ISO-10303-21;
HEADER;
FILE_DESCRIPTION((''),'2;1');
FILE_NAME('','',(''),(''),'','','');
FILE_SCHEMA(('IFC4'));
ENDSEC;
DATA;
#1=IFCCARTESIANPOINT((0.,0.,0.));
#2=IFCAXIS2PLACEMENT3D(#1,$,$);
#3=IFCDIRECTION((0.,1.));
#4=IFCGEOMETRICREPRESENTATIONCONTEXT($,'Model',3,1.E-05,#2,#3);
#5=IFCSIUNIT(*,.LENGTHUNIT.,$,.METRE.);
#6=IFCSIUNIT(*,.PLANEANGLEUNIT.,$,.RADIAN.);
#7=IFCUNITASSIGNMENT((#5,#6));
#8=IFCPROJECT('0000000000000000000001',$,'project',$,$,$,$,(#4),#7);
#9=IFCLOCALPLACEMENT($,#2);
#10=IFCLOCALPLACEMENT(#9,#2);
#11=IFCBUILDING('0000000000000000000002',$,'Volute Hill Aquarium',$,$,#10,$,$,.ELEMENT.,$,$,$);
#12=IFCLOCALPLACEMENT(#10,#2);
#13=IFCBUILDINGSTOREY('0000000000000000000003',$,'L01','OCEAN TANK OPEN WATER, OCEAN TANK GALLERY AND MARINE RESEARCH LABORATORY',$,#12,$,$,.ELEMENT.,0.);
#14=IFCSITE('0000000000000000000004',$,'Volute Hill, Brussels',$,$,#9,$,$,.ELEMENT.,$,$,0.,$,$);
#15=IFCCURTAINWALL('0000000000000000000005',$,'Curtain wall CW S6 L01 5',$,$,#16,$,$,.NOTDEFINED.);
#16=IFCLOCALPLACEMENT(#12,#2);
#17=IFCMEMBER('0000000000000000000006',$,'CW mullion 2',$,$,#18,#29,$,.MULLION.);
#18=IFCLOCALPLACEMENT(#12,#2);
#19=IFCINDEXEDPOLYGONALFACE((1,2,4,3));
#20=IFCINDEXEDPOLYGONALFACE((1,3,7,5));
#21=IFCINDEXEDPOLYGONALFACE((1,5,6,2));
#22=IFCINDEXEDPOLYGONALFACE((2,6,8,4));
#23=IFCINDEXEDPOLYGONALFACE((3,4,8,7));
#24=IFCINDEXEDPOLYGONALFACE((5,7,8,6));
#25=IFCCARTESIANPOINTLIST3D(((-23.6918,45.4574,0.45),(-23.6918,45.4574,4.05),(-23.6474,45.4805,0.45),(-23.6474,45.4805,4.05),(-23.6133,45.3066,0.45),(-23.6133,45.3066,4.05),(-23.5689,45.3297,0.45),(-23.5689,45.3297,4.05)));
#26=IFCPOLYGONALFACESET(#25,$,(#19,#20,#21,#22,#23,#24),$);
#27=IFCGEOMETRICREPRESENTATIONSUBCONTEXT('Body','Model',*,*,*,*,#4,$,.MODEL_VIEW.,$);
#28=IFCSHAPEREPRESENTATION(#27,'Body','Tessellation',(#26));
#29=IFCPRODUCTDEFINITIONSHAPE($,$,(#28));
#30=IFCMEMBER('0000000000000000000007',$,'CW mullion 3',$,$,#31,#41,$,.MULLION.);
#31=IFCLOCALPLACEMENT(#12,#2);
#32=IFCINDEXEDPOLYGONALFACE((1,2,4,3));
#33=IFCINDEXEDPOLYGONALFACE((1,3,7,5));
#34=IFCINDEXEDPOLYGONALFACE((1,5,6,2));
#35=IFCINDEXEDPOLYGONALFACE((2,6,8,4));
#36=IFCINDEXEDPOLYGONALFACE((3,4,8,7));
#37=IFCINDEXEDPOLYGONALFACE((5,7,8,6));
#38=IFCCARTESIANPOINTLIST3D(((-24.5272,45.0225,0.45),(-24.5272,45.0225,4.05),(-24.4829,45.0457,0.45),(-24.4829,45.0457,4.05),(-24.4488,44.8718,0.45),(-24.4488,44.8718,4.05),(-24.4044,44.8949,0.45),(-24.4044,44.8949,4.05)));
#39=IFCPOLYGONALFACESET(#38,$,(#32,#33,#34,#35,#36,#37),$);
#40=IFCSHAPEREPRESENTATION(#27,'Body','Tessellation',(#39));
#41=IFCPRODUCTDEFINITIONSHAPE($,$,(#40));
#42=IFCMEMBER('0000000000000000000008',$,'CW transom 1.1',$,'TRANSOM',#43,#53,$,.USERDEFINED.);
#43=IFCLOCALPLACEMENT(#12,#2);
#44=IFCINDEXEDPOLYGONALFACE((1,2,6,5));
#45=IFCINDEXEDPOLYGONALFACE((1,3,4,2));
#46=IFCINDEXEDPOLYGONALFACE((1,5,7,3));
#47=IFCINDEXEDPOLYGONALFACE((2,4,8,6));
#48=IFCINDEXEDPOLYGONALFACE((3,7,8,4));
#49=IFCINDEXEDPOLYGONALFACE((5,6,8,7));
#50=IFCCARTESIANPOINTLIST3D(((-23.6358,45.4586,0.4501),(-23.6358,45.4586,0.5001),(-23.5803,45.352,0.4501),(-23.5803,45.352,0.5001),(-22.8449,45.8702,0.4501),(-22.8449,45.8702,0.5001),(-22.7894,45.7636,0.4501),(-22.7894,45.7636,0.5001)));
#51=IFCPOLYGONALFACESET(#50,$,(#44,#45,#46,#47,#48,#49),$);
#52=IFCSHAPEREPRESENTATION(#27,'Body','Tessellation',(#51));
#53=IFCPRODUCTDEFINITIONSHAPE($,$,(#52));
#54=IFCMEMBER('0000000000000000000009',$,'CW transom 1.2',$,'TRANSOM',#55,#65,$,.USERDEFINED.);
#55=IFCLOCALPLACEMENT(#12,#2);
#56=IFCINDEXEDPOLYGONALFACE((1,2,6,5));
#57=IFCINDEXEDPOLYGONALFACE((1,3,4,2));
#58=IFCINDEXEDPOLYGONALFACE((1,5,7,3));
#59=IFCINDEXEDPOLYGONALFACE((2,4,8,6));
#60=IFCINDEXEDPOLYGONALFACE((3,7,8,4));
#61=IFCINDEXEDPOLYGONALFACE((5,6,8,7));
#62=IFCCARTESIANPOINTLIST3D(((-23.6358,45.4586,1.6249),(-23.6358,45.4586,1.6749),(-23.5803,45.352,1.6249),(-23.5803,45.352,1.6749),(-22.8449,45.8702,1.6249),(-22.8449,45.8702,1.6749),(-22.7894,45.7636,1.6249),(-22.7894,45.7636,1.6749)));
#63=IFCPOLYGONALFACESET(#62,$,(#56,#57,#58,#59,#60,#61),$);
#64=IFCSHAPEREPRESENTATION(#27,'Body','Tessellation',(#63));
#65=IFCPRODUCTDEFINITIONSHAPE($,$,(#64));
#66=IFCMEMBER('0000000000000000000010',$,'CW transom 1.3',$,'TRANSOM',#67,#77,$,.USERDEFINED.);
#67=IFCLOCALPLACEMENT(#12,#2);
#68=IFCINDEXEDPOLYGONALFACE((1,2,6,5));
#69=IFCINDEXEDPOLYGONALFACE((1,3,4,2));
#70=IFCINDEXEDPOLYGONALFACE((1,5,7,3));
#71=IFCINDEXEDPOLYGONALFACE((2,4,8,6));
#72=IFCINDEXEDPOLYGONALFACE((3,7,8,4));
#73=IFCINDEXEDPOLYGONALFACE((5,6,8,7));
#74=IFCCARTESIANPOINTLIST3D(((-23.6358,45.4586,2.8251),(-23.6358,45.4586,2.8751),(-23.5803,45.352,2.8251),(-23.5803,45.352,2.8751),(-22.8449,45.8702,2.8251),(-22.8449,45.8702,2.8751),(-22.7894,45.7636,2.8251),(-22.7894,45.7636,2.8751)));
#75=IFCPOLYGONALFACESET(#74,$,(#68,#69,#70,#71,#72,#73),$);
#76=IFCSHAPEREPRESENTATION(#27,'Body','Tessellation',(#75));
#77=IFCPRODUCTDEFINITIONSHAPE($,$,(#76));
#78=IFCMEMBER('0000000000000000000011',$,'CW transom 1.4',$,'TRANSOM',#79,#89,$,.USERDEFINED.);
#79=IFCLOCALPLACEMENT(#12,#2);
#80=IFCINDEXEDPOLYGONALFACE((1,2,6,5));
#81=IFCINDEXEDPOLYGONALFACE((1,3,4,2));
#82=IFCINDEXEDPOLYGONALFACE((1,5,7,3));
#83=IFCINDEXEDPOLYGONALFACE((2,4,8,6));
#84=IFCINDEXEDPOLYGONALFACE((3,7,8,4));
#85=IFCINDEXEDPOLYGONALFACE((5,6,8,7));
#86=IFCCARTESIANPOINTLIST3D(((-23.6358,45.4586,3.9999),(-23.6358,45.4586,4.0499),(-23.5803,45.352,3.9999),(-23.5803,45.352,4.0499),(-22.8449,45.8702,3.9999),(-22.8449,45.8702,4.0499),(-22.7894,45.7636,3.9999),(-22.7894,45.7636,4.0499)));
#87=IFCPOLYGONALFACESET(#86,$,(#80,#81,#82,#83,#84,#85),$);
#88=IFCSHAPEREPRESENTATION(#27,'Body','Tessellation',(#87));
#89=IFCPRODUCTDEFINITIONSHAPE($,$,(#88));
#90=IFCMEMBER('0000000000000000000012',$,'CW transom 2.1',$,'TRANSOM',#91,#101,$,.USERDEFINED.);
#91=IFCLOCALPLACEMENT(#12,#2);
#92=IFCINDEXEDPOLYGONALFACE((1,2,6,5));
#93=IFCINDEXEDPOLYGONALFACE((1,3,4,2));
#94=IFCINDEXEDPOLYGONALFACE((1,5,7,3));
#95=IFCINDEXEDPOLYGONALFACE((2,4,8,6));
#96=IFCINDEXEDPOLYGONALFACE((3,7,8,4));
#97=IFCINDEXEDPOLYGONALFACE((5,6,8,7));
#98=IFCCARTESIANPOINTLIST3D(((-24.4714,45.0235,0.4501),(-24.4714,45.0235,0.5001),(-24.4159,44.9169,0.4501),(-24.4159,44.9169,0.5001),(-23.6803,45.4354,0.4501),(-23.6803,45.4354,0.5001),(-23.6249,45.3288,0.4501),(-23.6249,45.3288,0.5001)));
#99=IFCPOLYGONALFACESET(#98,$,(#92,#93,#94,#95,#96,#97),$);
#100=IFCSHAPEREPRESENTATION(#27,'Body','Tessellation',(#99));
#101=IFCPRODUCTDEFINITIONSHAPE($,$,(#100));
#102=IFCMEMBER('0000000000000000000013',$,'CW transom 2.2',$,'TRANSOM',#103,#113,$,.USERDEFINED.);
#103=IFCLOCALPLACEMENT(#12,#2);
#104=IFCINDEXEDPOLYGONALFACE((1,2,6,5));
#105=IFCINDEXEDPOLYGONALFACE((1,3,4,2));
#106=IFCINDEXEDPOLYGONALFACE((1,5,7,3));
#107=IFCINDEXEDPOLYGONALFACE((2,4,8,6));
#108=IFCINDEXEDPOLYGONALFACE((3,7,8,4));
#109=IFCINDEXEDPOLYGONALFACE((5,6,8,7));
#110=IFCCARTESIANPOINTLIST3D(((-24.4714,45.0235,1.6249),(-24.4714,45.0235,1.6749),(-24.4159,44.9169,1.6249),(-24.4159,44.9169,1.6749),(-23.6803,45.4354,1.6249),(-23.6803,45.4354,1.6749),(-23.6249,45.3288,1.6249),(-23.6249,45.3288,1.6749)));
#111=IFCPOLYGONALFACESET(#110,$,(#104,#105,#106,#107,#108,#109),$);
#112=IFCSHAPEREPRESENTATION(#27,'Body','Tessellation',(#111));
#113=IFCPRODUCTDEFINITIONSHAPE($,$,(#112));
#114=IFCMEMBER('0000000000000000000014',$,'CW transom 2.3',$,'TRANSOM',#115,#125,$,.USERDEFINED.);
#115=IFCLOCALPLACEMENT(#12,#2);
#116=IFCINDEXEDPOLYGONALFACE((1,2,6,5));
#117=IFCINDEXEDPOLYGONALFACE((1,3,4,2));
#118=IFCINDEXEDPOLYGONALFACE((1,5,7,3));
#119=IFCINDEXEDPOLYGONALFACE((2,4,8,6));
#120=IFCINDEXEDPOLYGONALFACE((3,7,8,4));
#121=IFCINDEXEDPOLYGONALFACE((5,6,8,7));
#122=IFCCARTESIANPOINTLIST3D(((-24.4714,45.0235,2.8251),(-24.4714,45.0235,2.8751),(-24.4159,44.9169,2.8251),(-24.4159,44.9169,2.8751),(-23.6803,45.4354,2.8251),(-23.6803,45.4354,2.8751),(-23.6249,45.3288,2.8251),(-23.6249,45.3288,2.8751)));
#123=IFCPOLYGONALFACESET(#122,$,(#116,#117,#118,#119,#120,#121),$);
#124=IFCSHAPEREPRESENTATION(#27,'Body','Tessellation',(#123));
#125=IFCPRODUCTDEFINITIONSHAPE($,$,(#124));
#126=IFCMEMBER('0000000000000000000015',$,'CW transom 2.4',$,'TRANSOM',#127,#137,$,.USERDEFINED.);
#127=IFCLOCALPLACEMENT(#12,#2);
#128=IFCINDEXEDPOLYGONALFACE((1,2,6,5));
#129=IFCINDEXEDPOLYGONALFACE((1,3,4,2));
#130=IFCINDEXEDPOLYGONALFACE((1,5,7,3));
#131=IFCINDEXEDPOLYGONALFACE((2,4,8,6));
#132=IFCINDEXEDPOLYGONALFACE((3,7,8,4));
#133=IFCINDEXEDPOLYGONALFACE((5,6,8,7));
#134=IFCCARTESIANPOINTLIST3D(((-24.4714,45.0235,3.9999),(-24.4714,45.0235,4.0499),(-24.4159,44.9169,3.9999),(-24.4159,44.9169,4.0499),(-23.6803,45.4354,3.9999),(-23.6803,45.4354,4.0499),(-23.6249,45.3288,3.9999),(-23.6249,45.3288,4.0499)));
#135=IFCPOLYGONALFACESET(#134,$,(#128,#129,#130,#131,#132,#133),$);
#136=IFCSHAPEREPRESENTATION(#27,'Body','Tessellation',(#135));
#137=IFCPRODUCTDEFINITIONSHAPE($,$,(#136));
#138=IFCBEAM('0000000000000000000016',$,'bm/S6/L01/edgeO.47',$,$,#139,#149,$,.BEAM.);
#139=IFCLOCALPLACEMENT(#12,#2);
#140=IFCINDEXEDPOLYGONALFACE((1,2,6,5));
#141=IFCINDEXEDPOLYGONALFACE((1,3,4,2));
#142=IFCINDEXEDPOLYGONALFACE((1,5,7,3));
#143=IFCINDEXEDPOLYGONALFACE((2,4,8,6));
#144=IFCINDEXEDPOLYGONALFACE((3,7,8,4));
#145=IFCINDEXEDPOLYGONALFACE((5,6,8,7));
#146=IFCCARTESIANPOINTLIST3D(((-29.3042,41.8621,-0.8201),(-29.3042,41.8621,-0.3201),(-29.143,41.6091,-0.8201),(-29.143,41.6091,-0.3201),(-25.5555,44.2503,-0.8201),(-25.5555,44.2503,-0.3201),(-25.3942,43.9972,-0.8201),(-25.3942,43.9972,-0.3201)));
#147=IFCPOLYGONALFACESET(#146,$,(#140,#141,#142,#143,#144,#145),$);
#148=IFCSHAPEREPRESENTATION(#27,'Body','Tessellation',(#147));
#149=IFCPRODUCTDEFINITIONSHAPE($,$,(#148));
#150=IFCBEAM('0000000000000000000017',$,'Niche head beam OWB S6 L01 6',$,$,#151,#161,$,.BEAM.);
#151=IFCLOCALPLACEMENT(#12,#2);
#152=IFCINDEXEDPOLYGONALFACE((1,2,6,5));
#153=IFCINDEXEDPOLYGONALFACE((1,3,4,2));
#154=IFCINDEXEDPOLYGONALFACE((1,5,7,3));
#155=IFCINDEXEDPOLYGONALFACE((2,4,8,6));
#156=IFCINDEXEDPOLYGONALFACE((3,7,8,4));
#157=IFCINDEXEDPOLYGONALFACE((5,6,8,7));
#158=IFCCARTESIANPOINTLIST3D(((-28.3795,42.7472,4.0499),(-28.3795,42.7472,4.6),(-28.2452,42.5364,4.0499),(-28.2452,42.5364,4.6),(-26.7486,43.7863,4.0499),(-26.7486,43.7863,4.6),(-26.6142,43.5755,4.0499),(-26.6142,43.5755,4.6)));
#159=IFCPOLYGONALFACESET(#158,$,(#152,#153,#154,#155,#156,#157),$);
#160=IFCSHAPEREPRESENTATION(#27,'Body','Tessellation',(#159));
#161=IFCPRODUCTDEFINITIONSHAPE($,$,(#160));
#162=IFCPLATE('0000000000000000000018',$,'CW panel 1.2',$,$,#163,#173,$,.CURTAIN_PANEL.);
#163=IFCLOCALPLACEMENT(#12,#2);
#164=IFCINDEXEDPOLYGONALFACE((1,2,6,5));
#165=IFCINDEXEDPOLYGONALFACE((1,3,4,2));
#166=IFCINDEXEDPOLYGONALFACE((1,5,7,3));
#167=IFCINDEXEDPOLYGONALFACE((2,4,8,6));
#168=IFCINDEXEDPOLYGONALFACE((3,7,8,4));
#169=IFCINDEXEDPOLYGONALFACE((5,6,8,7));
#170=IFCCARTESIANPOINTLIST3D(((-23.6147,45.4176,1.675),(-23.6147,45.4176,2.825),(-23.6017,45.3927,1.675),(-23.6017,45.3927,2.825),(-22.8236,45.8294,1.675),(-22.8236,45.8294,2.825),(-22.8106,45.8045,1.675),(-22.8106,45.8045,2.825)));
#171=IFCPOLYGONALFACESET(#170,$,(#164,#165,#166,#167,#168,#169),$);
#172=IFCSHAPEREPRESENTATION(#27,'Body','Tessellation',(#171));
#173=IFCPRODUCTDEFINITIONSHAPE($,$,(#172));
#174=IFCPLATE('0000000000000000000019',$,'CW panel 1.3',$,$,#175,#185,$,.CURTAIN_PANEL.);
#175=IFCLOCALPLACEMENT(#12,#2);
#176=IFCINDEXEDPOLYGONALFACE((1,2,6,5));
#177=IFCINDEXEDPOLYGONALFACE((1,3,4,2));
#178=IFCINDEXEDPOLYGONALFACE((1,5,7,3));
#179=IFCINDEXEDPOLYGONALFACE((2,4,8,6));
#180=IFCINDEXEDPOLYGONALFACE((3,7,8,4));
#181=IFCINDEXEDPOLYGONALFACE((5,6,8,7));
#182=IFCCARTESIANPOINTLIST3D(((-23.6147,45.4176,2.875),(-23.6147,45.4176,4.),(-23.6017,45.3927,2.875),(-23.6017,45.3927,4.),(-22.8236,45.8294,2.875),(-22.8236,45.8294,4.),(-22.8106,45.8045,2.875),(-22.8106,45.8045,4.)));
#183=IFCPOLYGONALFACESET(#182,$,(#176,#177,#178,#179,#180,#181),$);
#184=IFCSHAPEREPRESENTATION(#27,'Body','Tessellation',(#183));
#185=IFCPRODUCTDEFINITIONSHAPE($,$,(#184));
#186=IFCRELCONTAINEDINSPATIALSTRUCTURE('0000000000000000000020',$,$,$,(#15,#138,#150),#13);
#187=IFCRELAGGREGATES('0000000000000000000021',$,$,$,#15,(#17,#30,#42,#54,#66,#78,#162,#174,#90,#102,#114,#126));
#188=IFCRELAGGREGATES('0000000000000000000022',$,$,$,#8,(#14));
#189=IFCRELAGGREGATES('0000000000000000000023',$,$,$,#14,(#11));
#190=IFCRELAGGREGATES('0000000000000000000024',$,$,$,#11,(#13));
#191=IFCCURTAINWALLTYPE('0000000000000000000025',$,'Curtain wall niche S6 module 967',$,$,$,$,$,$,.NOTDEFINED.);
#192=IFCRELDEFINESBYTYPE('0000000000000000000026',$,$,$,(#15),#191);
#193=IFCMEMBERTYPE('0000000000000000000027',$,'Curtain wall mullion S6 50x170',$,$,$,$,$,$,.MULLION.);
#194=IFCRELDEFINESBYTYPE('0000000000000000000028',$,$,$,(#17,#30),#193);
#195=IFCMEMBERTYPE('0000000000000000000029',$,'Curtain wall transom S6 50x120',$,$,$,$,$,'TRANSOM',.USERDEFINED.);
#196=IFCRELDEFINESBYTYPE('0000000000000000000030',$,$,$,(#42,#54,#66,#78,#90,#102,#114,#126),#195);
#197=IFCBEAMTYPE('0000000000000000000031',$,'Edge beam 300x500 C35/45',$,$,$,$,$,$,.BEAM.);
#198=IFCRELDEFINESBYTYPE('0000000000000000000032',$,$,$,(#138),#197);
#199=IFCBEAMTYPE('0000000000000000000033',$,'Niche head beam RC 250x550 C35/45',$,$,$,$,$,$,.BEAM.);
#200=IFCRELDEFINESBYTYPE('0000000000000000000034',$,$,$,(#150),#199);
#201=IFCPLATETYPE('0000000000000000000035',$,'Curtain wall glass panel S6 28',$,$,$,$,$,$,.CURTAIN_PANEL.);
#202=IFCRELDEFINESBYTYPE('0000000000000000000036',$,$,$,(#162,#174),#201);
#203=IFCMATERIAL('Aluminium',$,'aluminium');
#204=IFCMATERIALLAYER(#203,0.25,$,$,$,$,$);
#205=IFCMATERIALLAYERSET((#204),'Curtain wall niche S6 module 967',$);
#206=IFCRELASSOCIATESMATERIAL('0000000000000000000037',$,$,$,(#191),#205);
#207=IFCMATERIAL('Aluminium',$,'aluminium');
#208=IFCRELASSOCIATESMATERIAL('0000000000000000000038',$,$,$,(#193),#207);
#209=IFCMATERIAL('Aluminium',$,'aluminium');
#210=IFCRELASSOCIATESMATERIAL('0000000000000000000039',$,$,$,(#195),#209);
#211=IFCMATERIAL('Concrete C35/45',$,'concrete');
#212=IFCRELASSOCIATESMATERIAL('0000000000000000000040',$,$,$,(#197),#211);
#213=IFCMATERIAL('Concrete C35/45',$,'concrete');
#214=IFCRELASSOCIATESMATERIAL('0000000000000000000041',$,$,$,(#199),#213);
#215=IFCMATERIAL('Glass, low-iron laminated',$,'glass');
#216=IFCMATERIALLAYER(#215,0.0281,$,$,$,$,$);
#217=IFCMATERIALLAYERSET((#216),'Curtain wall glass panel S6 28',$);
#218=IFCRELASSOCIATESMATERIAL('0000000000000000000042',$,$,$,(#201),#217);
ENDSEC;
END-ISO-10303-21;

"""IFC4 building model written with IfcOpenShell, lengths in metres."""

from ifc_helpers import new_model, si_unit, direction, frame, origin, origin_2d, place, context, subcontext, project, spatial, rectangle, extrude, material, layer, layer_set, material_profile, profile_set, type_object, element, aggregate, save


model = new_model("IFC4")

# Units and contexts
model_context = context("Model", 3, precision=1e-05, world=origin(), true_north=direction((0.0, 1.0)))
body_context = subcontext(model_context, "Body", "Model", "MODEL_VIEW")
ifc_project = project(units=[si_unit("LENGTHUNIT", "METRE"), si_unit("PLANEANGLEUNIT", "RADIAN")], contexts=[model_context])

# Site, building, storey
site_placement = place(None, origin())
site = spatial("IfcSite", under=ifc_project, at=site_placement, Name="Volute Hill, Brussels", CompositionType="ELEMENT", RefElevation=0.0)
building_placement = place(site_placement, origin())
building = spatial("IfcBuilding", under=site, at=building_placement, Name="Volute Hill Aquarium", CompositionType="ELEMENT")
storey_placement = place(building_placement, origin())
storey = spatial("IfcBuildingStorey", under=building, at=storey_placement, Name="L01", Description="OCEAN TANK OPEN WATER, OCEAN TANK GALLERY AND MARINE RESEARCH LABORATORY", CompositionType="ELEMENT", Elevation=0.0)

# Curtain wall, members
ifc_material_1 = material(Name="Aluminium", Category="aluminium")
ifc_layer_1 = layer(ifc_material_1, 0.25)
ifc_layer_set_1 = layer_set([ifc_layer_1], Name="Curtain wall niche S6 module 967")
curtain_wall_type = type_object("IfcCurtainWallType", Name="Curtain wall niche S6 module 967", PredefinedType="NOTDEFINED", material=ifc_layer_set_1)
curtain_wall_placement = place(storey_placement, origin())
curtain_wall = element("IfcCurtainWall", 1, at=curtain_wall_placement, inside=storey, type_object=curtain_wall_type, Name="Curtain wall CW S6 L01 5", PredefinedType="NOTDEFINED")
ifc_material_2 = material(Name="Aluminium", Category="aluminium")
ifc_material_profile_1 = material_profile(ifc_material_2, rectangle(XDim=0.1699, YDim=0.05, at=origin_2d()), Name="Curtain wall mullion S6 50x170")
ifc_profile_set_1 = profile_set([ifc_material_profile_1], Name="Aluminium")
member_type_1 = type_object("IfcMemberType", Name="Curtain wall mullion S6 50x170", PredefinedType="MULLION", material=ifc_profile_set_1)
member_1_placement = place(storey_placement, frame((-23.6304, 45.3936, 0.45), z_axis=(0.0, 0.0, 1.0), x_axis=(0.46176, -0.887005, 0.0)))
member_1 = element("IfcMember", 2, at=member_1_placement, type_object=member_type_1, Name="CW mullion 2", PredefinedType="MULLION", context=body_context, shape_type="SweptSolid", body=[
    extrude(rectangle(XDim=0.1699, YDim=0.05, at=origin_2d()), origin(), (0.0, 0.0, 1.0), 3.6001),
])
member_2_placement = place(storey_placement, frame((-24.4658, 44.9587, 0.45), z_axis=(0.0, 0.0, 1.0), x_axis=(0.46176, -0.887005, 0.0)))
member_2 = element("IfcMember", 3, at=member_2_placement, type_object=member_type_1, Name="CW mullion 3", PredefinedType="MULLION", context=body_context, shape_type="SweptSolid", body=[
    extrude(rectangle(XDim=0.1699, YDim=0.05, at=origin_2d()), origin(), (0.0, 0.0, 1.0), 3.6001),
])
ifc_material_3 = material(Name="Aluminium", Category="aluminium")
ifc_material_profile_2 = material_profile(ifc_material_3, rectangle(XDim=0.1201, YDim=0.05, at=origin_2d()), Name="Curtain wall transom S6 50x120")
ifc_profile_set_2 = profile_set([ifc_material_profile_2], Name="Aluminium")
member_type_2 = type_object("IfcMemberType", Name="Curtain wall transom S6 50x120", ElementType="TRANSOM", PredefinedType="USERDEFINED", material=ifc_profile_set_2)
member_3_placement = place(storey_placement, frame((-22.8171, 45.8169, 0.4751), z_axis=(-0.887082, -0.461611, 0.0), x_axis=(0.461611, -0.887082, 0.0)))
member_3 = element("IfcMember", 4, at=member_3_placement, type_object=member_type_2, Name="CW transom 1.1", ObjectType="TRANSOM", PredefinedType="USERDEFINED", context=body_context, shape_type="SweptSolid", body=[
    extrude(rectangle(XDim=0.1201, YDim=0.05, at=origin_2d()), origin(), (0.0, 0.0, 1.0), 0.8916),
])
member_4_placement = place(storey_placement, frame((-22.8171, 45.8169, 1.6499), z_axis=(-0.887082, -0.461611, 0.0), x_axis=(0.461611, -0.887082, 0.0)))
member_4 = element("IfcMember", 5, at=member_4_placement, type_object=member_type_2, Name="CW transom 1.2", ObjectType="TRANSOM", PredefinedType="USERDEFINED", context=body_context, shape_type="SweptSolid", body=[
    extrude(rectangle(XDim=0.1201, YDim=0.05, at=origin_2d()), origin(), (0.0, 0.0, 1.0), 0.8916),
])
member_5_placement = place(storey_placement, frame((-22.8171, 45.8169, 2.8501), z_axis=(-0.887082, -0.461611, 0.0), x_axis=(0.461611, -0.887082, 0.0)))
member_5 = element("IfcMember", 6, at=member_5_placement, type_object=member_type_2, Name="CW transom 1.3", ObjectType="TRANSOM", PredefinedType="USERDEFINED", context=body_context, shape_type="SweptSolid", body=[
    extrude(rectangle(XDim=0.1201, YDim=0.05, at=origin_2d()), origin(), (0.0, 0.0, 1.0), 0.8916),
])
member_6_placement = place(storey_placement, frame((-22.8171, 45.8169, 4.0249), z_axis=(-0.887082, -0.461611, 0.0), x_axis=(0.461611, -0.887082, 0.0)))
member_6 = element("IfcMember", 7, at=member_6_placement, type_object=member_type_2, Name="CW transom 1.4", ObjectType="TRANSOM", PredefinedType="USERDEFINED", context=body_context, shape_type="SweptSolid", body=[
    extrude(rectangle(XDim=0.1201, YDim=0.05, at=origin_2d()), origin(), (0.0, 0.0, 1.0), 0.8916),
])
member_7_placement = place(storey_placement, frame((-23.6526, 45.3821, 0.4751), z_axis=(-0.88697, -0.461827, 0.0), x_axis=(0.461827, -0.88697, 0.0)))
member_7 = element("IfcMember", 8, at=member_7_placement, type_object=member_type_2, Name="CW transom 2.1", ObjectType="TRANSOM", PredefinedType="USERDEFINED", context=body_context, shape_type="SweptSolid", body=[
    extrude(rectangle(XDim=0.1201, YDim=0.05, at=origin_2d()), origin(), (0.0, 0.0, 1.0), 0.8918),
])
member_8_placement = place(storey_placement, frame((-23.6526, 45.3821, 1.6499), z_axis=(-0.88697, -0.461827, 0.0), x_axis=(0.461827, -0.88697, 0.0)))
member_8 = element("IfcMember", 9, at=member_8_placement, type_object=member_type_2, Name="CW transom 2.2", ObjectType="TRANSOM", PredefinedType="USERDEFINED", context=body_context, shape_type="SweptSolid", body=[
    extrude(rectangle(XDim=0.1201, YDim=0.05, at=origin_2d()), origin(), (0.0, 0.0, 1.0), 0.8918),
])
member_9_placement = place(storey_placement, frame((-23.6526, 45.3821, 2.8501), z_axis=(-0.88697, -0.461827, 0.0), x_axis=(0.461827, -0.88697, 0.0)))
member_9 = element("IfcMember", 10, at=member_9_placement, type_object=member_type_2, Name="CW transom 2.3", ObjectType="TRANSOM", PredefinedType="USERDEFINED", context=body_context, shape_type="SweptSolid", body=[
    extrude(rectangle(XDim=0.1201, YDim=0.05, at=origin_2d()), origin(), (0.0, 0.0, 1.0), 0.8918),
])
member_10_placement = place(storey_placement, frame((-23.6526, 45.3821, 4.0249), z_axis=(-0.88697, -0.461827, 0.0), x_axis=(0.461827, -0.88697, 0.0)))
member_10 = element("IfcMember", 11, at=member_10_placement, type_object=member_type_2, Name="CW transom 2.4", ObjectType="TRANSOM", PredefinedType="USERDEFINED", context=body_context, shape_type="SweptSolid", body=[
    extrude(rectangle(XDim=0.1201, YDim=0.05, at=origin_2d()), origin(), (0.0, 0.0, 1.0), 0.8918),
])

# Beams
ifc_material_4 = material(Name="Concrete C35/45", Category="concrete")
ifc_material_profile_3 = material_profile(ifc_material_4, rectangle(XDim=0.3, YDim=0.5, at=origin_2d()), Name="RC edge beam 300x500")
ifc_profile_set_3 = profile_set([ifc_material_profile_3], Name="Concrete C35/45")
beam_type_1 = type_object("IfcBeamType", Name="Edge beam 300x500 C35/45", PredefinedType="BEAM", material=ifc_profile_set_3)
beam_1_placement = place(storey_placement, frame((-25.4749, 44.1238, -0.5701), z_axis=(-0.843397, -0.537291, 0.0), x_axis=(0.537291, -0.843397, 0.0)))
element("IfcBeam", 12, at=beam_1_placement, inside=storey, type_object=beam_type_1, Name="bm/S6/L01/edgeO.47", PredefinedType="BEAM", context=body_context, shape_type="SweptSolid", body=[
    extrude(rectangle(XDim=0.3, YDim=0.5, at=origin_2d()), origin(), (0.0, 0.0, 1.0), 4.4448),
])
ifc_material_5 = material(Name="Concrete C35/45", Category="concrete")
ifc_material_profile_4 = material_profile(ifc_material_5, rectangle(XDim=0.25, YDim=0.55, at=origin_2d()), Name="RC beam 250x550")
ifc_profile_set_4 = profile_set([ifc_material_profile_4], Name="Concrete C35/45")
beam_type_2 = type_object("IfcBeamType", Name="Niche head beam RC 250x550 C35/45", PredefinedType="BEAM", material=ifc_profile_set_4)
beam_2_placement = place(storey_placement, frame((-26.6814, 43.6809, 4.325), z_axis=(-0.84337, -0.537333, 0.0), x_axis=(0.537333, -0.84337, 0.0)))
element("IfcBeam", 13, at=beam_2_placement, inside=storey, type_object=beam_type_2, Name="Niche head beam OWB S6 L01 6", PredefinedType="BEAM", context=body_context, shape_type="SweptSolid", body=[
    extrude(rectangle(XDim=0.25, YDim=0.55, at=origin_2d()), origin(), (0.0, 0.0, 1.0), 1.9338),
])

# Plates
ifc_material_6 = material(Name="Glass, low-iron laminated", Category="glass")
ifc_layer_2 = layer(ifc_material_6, 0.0281)
ifc_layer_set_2 = layer_set([ifc_layer_2], Name="Curtain wall glass panel S6 28")
plate_type_1 = type_object("IfcPlateType", Name="Curtain wall glass panel S6 28", PredefinedType="CURTAIN_PANEL", material=ifc_layer_set_2)
plate_1_placement = place(storey_placement, frame((-23.2126, 45.6111, 1.675), z_axis=(0.0, 0.0, 1.0), x_axis=(-0.887005, -0.46176, 0.0)))
plate_1 = element("IfcPlate", 14, at=plate_1_placement, type_object=plate_type_1, Name="CW panel 1.2", PredefinedType="CURTAIN_PANEL", context=body_context, shape_type="SweptSolid", body=[
    extrude(rectangle(XDim=0.8918, YDim=0.0281, at=origin_2d()), origin(), (0.0, 0.0, 1.0), 1.1499),
])
plate_2_placement = place(storey_placement, frame((-23.2126, 45.6111, 2.875), z_axis=(0.0, 0.0, 1.0), x_axis=(-0.887005, -0.46176, 0.0)))
plate_2 = element("IfcPlate", 15, at=plate_2_placement, type_object=plate_type_1, Name="CW panel 1.3", PredefinedType="CURTAIN_PANEL", context=body_context, shape_type="SweptSolid", body=[
    extrude(rectangle(XDim=0.8918, YDim=0.0281, at=origin_2d()), origin(), (0.0, 0.0, 1.0), 1.125),
])
aggregate(curtain_wall, [member_1, member_2, member_3, member_4, member_5, member_6, plate_1, plate_2, member_7, member_8, member_9, member_10])

save(model, "model.ifc")
